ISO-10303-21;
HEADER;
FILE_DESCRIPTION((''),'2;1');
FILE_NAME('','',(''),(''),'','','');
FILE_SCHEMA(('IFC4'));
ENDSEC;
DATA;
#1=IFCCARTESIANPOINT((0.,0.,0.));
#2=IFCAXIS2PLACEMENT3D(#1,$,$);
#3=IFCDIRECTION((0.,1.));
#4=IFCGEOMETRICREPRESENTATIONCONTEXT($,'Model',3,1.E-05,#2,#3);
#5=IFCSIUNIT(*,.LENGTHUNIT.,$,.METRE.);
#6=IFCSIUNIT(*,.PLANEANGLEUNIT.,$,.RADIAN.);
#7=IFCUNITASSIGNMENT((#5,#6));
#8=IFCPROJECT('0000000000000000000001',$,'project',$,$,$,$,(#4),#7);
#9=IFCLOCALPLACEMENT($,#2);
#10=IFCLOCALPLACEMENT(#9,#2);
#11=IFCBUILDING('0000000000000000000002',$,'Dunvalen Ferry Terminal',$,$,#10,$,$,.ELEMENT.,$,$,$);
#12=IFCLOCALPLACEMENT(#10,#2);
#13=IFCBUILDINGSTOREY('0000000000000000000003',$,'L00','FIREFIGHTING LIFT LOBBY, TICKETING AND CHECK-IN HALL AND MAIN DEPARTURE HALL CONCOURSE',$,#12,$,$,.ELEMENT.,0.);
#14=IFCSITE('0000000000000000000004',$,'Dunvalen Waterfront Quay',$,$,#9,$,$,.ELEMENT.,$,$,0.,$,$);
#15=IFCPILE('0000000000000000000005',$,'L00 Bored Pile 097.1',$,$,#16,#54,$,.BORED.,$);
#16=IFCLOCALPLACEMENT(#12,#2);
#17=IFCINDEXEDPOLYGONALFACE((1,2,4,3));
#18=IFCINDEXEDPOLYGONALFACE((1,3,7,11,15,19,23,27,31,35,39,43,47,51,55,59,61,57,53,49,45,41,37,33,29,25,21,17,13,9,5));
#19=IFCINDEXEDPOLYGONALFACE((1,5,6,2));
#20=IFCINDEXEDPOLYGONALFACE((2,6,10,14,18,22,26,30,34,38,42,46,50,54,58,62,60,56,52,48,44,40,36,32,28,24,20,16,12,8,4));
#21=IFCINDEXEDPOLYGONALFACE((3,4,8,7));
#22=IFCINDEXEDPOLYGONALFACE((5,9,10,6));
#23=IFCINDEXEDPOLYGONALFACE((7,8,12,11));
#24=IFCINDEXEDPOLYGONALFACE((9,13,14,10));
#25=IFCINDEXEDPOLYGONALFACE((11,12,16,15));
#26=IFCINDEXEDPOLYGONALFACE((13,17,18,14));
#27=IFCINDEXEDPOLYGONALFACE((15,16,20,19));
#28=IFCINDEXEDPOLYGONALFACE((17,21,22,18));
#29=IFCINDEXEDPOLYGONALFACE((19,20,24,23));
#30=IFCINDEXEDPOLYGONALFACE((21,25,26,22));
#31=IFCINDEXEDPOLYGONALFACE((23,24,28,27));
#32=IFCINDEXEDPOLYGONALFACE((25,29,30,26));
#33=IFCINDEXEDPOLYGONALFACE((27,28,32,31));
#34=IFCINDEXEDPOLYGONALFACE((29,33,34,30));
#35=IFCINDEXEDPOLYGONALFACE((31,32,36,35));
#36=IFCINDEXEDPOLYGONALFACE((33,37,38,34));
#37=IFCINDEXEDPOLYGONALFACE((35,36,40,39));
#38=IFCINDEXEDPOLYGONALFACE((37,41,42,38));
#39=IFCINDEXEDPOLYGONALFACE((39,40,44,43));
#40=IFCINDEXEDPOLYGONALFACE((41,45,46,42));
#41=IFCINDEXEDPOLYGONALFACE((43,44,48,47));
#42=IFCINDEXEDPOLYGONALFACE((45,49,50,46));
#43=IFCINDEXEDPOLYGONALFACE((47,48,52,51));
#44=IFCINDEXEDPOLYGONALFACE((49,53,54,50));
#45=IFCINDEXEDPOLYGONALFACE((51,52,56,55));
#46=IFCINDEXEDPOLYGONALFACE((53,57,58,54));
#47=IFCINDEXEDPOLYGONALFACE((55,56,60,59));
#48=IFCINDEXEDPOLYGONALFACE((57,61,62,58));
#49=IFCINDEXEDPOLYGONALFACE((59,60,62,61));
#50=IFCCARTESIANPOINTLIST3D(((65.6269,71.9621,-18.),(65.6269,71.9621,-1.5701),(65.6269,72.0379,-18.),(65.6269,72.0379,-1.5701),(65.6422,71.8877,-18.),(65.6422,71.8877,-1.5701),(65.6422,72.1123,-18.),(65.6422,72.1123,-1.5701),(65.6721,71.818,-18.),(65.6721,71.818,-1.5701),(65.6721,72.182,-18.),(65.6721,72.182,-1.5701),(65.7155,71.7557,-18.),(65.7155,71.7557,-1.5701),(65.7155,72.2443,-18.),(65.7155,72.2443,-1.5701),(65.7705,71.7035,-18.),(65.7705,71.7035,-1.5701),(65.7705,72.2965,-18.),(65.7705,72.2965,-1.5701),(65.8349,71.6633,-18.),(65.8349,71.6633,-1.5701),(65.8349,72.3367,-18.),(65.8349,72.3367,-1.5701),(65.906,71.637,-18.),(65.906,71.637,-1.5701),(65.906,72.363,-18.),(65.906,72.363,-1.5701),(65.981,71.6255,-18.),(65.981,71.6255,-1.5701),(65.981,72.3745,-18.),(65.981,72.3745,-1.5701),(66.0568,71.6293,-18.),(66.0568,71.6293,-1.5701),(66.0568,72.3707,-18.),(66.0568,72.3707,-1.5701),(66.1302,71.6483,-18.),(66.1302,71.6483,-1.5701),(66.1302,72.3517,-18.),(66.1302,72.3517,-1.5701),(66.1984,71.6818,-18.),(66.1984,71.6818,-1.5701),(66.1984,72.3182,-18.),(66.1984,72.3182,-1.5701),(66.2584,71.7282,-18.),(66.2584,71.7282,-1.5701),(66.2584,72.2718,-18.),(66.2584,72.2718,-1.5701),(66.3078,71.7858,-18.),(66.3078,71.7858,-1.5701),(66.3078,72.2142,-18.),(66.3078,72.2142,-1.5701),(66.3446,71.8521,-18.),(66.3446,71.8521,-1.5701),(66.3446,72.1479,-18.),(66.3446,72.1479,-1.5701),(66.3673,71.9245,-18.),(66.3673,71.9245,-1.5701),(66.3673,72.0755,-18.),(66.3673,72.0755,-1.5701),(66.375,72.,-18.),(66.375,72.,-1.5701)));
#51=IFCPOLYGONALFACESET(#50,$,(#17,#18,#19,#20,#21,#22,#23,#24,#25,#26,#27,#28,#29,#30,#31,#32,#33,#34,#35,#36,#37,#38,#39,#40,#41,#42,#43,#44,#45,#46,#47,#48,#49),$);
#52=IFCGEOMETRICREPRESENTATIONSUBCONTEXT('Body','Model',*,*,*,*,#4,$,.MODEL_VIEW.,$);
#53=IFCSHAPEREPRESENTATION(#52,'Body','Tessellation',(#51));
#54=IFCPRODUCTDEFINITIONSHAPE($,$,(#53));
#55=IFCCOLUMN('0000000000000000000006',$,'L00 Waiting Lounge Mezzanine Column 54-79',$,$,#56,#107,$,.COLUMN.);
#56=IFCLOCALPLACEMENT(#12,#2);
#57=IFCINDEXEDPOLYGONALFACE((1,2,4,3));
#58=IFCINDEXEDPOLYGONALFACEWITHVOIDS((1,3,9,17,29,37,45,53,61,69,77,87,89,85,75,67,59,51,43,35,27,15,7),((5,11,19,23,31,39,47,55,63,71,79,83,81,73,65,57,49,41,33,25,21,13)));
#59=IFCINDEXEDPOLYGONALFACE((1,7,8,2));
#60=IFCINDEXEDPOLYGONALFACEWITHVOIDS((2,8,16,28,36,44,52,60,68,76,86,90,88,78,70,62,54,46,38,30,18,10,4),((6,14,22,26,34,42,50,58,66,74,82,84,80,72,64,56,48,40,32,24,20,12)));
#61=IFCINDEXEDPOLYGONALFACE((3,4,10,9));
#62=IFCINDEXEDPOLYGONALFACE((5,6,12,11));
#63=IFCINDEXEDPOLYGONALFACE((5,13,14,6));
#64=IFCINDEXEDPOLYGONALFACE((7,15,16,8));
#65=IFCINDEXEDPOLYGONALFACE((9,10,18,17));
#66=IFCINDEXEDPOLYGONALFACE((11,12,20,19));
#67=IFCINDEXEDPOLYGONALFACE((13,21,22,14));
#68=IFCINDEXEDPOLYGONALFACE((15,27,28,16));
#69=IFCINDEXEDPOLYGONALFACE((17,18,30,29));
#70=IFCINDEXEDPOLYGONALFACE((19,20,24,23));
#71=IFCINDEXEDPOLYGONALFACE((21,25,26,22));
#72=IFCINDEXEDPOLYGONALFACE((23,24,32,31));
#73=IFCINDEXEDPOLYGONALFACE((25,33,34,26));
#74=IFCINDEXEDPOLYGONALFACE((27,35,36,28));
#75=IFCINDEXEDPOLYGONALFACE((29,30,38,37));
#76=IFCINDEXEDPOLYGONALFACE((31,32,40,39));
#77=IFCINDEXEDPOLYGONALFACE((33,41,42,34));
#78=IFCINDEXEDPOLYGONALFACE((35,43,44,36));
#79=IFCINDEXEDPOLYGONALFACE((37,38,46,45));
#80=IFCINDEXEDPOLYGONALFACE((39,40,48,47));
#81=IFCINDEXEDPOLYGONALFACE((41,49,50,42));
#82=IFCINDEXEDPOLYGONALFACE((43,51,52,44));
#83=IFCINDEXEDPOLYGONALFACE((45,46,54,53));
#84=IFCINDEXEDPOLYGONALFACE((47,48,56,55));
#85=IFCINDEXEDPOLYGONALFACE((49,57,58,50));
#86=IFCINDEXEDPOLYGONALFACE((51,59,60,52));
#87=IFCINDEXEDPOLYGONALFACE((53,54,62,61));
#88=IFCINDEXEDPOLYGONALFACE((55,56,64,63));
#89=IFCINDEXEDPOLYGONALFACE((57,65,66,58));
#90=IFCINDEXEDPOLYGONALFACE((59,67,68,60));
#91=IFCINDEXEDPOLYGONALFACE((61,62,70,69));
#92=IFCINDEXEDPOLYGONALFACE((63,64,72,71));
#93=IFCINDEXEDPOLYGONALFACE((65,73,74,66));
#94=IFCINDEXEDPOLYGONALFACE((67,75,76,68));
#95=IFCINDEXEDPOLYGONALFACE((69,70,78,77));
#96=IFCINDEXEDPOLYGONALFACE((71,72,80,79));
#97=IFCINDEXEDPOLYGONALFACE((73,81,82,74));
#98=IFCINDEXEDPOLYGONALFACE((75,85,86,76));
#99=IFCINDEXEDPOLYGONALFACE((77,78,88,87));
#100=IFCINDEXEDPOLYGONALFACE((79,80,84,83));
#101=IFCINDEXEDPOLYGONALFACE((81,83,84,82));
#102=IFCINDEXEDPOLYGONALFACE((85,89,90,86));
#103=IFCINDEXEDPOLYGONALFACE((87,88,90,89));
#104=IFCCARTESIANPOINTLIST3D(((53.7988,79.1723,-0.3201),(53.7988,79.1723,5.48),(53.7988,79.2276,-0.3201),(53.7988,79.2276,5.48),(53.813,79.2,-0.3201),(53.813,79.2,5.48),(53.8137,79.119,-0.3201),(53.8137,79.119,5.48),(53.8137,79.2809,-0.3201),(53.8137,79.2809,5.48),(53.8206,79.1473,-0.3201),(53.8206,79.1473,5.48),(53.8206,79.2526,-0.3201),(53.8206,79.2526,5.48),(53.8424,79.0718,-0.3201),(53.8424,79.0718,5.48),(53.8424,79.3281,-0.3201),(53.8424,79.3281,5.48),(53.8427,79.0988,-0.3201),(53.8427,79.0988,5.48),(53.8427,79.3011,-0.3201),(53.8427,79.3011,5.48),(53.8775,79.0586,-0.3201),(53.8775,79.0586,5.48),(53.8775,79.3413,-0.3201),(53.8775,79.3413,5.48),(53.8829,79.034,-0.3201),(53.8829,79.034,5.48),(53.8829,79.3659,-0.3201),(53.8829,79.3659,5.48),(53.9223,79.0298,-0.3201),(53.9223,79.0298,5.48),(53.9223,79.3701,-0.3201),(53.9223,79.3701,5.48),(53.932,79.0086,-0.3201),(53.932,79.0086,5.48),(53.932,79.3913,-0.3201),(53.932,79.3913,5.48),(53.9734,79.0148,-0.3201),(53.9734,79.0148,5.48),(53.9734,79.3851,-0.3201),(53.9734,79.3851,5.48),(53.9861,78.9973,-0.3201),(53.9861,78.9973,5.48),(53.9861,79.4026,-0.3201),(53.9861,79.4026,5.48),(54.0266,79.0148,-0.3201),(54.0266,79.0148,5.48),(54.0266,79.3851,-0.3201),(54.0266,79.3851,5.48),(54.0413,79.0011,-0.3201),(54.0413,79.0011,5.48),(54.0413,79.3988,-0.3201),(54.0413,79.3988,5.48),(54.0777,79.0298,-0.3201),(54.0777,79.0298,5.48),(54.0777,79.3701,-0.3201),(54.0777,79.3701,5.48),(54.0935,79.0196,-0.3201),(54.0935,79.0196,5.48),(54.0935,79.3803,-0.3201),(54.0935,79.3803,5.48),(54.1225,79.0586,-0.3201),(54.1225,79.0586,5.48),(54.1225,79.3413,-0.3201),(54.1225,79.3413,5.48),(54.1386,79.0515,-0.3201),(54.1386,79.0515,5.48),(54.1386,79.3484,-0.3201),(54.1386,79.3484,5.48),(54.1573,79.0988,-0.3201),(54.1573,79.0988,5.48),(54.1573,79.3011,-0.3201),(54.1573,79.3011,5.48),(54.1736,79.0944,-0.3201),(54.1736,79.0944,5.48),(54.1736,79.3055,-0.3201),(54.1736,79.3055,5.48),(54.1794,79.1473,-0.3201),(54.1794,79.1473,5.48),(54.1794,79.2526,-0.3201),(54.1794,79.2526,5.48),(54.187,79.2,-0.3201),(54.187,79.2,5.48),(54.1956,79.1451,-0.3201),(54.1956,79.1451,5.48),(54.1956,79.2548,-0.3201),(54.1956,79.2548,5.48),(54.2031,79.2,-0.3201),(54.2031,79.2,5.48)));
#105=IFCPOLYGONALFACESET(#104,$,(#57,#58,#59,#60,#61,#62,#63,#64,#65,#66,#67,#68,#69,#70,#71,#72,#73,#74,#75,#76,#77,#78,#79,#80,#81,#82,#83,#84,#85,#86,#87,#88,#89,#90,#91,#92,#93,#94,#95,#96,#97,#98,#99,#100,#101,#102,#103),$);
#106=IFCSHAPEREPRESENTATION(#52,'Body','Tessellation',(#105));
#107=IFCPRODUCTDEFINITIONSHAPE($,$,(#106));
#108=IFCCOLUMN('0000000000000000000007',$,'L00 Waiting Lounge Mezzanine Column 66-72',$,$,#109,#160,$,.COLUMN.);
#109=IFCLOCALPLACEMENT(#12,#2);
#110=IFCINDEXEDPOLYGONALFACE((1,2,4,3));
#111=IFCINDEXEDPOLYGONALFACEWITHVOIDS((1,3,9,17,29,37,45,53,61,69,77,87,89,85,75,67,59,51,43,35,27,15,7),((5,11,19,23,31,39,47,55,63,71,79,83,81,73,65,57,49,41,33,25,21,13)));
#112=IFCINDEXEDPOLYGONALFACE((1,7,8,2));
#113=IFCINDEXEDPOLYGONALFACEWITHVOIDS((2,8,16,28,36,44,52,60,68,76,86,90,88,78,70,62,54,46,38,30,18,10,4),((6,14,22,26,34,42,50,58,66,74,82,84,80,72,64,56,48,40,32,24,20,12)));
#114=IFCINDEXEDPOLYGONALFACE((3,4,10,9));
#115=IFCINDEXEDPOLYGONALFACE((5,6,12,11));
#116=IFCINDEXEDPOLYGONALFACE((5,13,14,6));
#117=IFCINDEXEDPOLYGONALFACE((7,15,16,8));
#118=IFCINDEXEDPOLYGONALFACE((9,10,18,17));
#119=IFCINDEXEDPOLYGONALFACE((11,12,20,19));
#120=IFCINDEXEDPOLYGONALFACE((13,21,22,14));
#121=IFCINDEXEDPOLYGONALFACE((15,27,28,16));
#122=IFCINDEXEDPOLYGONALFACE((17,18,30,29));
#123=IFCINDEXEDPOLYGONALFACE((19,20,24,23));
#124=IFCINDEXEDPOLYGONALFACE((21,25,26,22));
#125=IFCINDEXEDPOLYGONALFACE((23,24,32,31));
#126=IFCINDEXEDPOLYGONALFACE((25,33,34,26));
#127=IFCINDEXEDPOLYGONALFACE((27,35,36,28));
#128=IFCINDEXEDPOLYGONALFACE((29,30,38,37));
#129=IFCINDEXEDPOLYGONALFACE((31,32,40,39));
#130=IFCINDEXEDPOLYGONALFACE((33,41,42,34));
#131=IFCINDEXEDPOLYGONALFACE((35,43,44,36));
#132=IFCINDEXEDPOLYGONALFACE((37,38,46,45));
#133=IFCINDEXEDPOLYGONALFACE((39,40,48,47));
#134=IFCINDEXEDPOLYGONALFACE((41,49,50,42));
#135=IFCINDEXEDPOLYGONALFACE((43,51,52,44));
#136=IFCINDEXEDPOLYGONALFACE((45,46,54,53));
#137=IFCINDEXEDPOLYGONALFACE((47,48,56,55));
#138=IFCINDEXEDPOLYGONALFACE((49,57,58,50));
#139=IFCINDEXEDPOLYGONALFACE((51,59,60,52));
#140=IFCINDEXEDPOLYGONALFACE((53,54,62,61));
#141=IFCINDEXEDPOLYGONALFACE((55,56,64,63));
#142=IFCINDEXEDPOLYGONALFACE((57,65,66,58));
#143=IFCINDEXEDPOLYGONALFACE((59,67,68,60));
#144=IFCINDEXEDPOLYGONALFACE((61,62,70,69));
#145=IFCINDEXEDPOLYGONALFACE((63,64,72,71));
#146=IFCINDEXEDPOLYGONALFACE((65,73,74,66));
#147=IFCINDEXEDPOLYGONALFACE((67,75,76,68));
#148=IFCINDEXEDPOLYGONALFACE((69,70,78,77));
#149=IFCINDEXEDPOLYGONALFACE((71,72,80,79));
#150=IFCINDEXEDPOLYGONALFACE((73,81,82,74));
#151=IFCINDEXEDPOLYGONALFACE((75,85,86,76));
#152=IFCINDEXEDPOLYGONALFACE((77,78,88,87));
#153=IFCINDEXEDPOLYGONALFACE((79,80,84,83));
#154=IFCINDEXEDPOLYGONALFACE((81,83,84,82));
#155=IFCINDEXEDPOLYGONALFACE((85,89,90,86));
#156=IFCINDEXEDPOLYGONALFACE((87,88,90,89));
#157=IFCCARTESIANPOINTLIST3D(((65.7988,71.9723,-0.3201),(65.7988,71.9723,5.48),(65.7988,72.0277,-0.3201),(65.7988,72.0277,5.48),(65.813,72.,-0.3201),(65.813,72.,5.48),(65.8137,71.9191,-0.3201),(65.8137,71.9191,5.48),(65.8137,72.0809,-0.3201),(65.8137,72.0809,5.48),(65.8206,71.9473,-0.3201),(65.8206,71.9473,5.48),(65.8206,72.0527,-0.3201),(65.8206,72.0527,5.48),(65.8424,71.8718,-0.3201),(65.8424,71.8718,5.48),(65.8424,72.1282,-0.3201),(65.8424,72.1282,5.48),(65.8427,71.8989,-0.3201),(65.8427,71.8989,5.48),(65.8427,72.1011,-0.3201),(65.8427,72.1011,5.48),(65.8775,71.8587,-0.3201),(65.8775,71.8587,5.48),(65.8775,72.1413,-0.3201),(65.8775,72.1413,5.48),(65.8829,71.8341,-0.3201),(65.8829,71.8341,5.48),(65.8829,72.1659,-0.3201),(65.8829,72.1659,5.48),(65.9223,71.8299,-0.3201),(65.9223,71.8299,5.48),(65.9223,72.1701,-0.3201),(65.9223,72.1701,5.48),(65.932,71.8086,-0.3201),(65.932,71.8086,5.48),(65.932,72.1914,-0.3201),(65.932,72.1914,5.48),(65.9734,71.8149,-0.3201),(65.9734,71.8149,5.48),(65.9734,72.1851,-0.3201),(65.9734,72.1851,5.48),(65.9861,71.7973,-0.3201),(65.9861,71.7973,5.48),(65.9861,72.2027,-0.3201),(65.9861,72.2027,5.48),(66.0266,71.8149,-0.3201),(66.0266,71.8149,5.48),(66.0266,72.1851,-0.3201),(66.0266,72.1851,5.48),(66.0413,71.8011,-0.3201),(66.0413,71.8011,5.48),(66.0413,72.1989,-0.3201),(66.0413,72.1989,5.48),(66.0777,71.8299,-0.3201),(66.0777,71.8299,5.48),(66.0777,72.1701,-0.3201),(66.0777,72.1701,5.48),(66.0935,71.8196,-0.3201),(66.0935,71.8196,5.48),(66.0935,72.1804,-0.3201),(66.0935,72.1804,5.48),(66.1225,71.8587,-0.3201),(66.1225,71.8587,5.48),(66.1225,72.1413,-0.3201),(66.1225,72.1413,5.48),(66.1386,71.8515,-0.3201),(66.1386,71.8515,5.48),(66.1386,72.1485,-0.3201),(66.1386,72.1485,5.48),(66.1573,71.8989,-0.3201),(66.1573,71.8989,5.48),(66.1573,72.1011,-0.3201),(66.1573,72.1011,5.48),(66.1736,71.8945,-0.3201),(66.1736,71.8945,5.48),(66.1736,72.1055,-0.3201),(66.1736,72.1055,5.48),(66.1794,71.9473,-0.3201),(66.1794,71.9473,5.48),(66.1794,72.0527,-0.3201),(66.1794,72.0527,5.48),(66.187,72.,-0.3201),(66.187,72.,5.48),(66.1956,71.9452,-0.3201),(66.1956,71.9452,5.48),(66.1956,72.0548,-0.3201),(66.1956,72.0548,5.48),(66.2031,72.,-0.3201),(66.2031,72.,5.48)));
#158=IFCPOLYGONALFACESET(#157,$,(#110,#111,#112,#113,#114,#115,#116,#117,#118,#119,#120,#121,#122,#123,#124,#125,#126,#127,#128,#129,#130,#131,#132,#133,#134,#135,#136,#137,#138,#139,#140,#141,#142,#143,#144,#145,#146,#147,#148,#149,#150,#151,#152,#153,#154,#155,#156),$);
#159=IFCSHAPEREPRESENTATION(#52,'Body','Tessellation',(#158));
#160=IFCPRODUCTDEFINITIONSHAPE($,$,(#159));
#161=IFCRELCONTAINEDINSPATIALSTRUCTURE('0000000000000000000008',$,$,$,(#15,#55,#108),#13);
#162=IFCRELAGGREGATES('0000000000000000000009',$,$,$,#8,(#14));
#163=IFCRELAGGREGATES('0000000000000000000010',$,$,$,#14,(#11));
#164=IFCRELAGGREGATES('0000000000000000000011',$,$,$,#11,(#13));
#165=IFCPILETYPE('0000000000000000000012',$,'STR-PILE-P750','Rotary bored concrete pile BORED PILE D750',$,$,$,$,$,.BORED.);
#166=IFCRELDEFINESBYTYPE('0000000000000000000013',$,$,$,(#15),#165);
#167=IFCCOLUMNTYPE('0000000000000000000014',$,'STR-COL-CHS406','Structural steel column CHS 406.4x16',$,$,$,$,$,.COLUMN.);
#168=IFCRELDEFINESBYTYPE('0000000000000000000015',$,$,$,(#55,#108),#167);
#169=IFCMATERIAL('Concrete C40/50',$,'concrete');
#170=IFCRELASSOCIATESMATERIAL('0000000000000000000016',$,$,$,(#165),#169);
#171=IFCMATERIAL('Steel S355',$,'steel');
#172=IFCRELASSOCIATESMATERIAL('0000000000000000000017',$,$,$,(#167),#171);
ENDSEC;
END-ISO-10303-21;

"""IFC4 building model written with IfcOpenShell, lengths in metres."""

from ifc_helpers import new_model, si_unit, direction, frame, origin, origin_2d, place, context, subcontext, project, spatial, circle, hollow_circle, extrude, material, material_profile, profile_set, type_object, element, save


model = new_model("IFC4")

# Units and contexts
model_context = context("Model", 3, precision=1e-05, world=origin(), true_north=direction((0.0, 1.0)))
body_context = subcontext(model_context, "Body", "Model", "MODEL_VIEW")
ifc_project = project(units=[si_unit("LENGTHUNIT", "METRE"), si_unit("PLANEANGLEUNIT", "RADIAN")], contexts=[model_context])

# Site, building, storey
site_placement = place(None, origin())
site = spatial("IfcSite", under=ifc_project, at=site_placement, Name="Dunvalen Waterfront Quay", CompositionType="ELEMENT", RefElevation=0.0)
building_placement = place(site_placement, origin())
building = spatial("IfcBuilding", under=site, at=building_placement, Name="Dunvalen Ferry Terminal", CompositionType="ELEMENT")
storey_placement = place(building_placement, origin())
storey = spatial("IfcBuildingStorey", under=building, at=storey_placement, Name="L00", Description="FIREFIGHTING LIFT LOBBY, TICKETING AND CHECK-IN HALL AND MAIN DEPARTURE HALL CONCOURSE", CompositionType="ELEMENT", Elevation=0.0)

# Shared definitions
ifc_material_1 = material(Name="Concrete C40/50", Category="concrete")

# Pile
ifc_material_profile_1 = material_profile(ifc_material_1, circle(Radius=0.375, at=origin_2d()), Name="Concrete C40/50")
ifc_profile_set_1 = profile_set([ifc_material_profile_1], Name="Concrete C40/50")
pile_type_1 = type_object("IfcPileType", Name="STR-PILE-P750", Description="Rotary bored concrete pile BORED PILE D750", PredefinedType="BORED", material=ifc_profile_set_1)
for number, where, z_axis, x_axis, name in (
    (1, (66.0, 72.0, -1.5701), (0.0, 0.0, -1.0), (1.0, 0.0, 0.0), "L00 Bored Pile 097.1"),
):
    element("IfcPile", number, at=place(storey_placement, frame(where, z_axis=z_axis, x_axis=x_axis)), inside=storey, type_object=pile_type_1, Name=name, PredefinedType="BORED", context=body_context, shape_type="SweptSolid", body=[
        extrude(circle(Radius=0.375, at=origin_2d()), origin(), (0.0, 0.0, 1.0), 16.4299),
    ])

# Columns
ifc_material_2 = material(Name="Steel S355", Category="steel")
ifc_material_profile_2 = material_profile(ifc_material_2, hollow_circle(Radius=0.2031, WallThickness=0.0161, at=origin_2d()), Name="Steel S355")
ifc_profile_set_2 = profile_set([ifc_material_profile_2], Name="Steel S355")
column_type_1 = type_object("IfcColumnType", Name="STR-COL-CHS406", Description="Structural steel column CHS 406.4x16", PredefinedType="COLUMN", material=ifc_profile_set_2)
for number, where, z_axis, x_axis, name in (
    (2, (54.0, 79.2, -0.3201), (0.0, 0.0, 1.0), (1.0, 0.0, 0.0), "L00 Waiting Lounge Mezzanine Column 54-79"),
    (3, (66.0, 72.0, -0.3201), (0.0, 0.0, 1.0), (1.0, 0.0, 0.0), "L00 Waiting Lounge Mezzanine Column 66-72"),
):
    element("IfcColumn", number, at=place(storey_placement, frame(where, z_axis=z_axis, x_axis=x_axis)), inside=storey, type_object=column_type_1, Name=name, PredefinedType="COLUMN", context=body_context, shape_type="SweptSolid", body=[
        extrude(hollow_circle(Radius=0.2031, WallThickness=0.0161, at=origin_2d()), origin(), (0.0, 0.0, 1.0), 5.8),
    ])

save(model, "model.ifc")
